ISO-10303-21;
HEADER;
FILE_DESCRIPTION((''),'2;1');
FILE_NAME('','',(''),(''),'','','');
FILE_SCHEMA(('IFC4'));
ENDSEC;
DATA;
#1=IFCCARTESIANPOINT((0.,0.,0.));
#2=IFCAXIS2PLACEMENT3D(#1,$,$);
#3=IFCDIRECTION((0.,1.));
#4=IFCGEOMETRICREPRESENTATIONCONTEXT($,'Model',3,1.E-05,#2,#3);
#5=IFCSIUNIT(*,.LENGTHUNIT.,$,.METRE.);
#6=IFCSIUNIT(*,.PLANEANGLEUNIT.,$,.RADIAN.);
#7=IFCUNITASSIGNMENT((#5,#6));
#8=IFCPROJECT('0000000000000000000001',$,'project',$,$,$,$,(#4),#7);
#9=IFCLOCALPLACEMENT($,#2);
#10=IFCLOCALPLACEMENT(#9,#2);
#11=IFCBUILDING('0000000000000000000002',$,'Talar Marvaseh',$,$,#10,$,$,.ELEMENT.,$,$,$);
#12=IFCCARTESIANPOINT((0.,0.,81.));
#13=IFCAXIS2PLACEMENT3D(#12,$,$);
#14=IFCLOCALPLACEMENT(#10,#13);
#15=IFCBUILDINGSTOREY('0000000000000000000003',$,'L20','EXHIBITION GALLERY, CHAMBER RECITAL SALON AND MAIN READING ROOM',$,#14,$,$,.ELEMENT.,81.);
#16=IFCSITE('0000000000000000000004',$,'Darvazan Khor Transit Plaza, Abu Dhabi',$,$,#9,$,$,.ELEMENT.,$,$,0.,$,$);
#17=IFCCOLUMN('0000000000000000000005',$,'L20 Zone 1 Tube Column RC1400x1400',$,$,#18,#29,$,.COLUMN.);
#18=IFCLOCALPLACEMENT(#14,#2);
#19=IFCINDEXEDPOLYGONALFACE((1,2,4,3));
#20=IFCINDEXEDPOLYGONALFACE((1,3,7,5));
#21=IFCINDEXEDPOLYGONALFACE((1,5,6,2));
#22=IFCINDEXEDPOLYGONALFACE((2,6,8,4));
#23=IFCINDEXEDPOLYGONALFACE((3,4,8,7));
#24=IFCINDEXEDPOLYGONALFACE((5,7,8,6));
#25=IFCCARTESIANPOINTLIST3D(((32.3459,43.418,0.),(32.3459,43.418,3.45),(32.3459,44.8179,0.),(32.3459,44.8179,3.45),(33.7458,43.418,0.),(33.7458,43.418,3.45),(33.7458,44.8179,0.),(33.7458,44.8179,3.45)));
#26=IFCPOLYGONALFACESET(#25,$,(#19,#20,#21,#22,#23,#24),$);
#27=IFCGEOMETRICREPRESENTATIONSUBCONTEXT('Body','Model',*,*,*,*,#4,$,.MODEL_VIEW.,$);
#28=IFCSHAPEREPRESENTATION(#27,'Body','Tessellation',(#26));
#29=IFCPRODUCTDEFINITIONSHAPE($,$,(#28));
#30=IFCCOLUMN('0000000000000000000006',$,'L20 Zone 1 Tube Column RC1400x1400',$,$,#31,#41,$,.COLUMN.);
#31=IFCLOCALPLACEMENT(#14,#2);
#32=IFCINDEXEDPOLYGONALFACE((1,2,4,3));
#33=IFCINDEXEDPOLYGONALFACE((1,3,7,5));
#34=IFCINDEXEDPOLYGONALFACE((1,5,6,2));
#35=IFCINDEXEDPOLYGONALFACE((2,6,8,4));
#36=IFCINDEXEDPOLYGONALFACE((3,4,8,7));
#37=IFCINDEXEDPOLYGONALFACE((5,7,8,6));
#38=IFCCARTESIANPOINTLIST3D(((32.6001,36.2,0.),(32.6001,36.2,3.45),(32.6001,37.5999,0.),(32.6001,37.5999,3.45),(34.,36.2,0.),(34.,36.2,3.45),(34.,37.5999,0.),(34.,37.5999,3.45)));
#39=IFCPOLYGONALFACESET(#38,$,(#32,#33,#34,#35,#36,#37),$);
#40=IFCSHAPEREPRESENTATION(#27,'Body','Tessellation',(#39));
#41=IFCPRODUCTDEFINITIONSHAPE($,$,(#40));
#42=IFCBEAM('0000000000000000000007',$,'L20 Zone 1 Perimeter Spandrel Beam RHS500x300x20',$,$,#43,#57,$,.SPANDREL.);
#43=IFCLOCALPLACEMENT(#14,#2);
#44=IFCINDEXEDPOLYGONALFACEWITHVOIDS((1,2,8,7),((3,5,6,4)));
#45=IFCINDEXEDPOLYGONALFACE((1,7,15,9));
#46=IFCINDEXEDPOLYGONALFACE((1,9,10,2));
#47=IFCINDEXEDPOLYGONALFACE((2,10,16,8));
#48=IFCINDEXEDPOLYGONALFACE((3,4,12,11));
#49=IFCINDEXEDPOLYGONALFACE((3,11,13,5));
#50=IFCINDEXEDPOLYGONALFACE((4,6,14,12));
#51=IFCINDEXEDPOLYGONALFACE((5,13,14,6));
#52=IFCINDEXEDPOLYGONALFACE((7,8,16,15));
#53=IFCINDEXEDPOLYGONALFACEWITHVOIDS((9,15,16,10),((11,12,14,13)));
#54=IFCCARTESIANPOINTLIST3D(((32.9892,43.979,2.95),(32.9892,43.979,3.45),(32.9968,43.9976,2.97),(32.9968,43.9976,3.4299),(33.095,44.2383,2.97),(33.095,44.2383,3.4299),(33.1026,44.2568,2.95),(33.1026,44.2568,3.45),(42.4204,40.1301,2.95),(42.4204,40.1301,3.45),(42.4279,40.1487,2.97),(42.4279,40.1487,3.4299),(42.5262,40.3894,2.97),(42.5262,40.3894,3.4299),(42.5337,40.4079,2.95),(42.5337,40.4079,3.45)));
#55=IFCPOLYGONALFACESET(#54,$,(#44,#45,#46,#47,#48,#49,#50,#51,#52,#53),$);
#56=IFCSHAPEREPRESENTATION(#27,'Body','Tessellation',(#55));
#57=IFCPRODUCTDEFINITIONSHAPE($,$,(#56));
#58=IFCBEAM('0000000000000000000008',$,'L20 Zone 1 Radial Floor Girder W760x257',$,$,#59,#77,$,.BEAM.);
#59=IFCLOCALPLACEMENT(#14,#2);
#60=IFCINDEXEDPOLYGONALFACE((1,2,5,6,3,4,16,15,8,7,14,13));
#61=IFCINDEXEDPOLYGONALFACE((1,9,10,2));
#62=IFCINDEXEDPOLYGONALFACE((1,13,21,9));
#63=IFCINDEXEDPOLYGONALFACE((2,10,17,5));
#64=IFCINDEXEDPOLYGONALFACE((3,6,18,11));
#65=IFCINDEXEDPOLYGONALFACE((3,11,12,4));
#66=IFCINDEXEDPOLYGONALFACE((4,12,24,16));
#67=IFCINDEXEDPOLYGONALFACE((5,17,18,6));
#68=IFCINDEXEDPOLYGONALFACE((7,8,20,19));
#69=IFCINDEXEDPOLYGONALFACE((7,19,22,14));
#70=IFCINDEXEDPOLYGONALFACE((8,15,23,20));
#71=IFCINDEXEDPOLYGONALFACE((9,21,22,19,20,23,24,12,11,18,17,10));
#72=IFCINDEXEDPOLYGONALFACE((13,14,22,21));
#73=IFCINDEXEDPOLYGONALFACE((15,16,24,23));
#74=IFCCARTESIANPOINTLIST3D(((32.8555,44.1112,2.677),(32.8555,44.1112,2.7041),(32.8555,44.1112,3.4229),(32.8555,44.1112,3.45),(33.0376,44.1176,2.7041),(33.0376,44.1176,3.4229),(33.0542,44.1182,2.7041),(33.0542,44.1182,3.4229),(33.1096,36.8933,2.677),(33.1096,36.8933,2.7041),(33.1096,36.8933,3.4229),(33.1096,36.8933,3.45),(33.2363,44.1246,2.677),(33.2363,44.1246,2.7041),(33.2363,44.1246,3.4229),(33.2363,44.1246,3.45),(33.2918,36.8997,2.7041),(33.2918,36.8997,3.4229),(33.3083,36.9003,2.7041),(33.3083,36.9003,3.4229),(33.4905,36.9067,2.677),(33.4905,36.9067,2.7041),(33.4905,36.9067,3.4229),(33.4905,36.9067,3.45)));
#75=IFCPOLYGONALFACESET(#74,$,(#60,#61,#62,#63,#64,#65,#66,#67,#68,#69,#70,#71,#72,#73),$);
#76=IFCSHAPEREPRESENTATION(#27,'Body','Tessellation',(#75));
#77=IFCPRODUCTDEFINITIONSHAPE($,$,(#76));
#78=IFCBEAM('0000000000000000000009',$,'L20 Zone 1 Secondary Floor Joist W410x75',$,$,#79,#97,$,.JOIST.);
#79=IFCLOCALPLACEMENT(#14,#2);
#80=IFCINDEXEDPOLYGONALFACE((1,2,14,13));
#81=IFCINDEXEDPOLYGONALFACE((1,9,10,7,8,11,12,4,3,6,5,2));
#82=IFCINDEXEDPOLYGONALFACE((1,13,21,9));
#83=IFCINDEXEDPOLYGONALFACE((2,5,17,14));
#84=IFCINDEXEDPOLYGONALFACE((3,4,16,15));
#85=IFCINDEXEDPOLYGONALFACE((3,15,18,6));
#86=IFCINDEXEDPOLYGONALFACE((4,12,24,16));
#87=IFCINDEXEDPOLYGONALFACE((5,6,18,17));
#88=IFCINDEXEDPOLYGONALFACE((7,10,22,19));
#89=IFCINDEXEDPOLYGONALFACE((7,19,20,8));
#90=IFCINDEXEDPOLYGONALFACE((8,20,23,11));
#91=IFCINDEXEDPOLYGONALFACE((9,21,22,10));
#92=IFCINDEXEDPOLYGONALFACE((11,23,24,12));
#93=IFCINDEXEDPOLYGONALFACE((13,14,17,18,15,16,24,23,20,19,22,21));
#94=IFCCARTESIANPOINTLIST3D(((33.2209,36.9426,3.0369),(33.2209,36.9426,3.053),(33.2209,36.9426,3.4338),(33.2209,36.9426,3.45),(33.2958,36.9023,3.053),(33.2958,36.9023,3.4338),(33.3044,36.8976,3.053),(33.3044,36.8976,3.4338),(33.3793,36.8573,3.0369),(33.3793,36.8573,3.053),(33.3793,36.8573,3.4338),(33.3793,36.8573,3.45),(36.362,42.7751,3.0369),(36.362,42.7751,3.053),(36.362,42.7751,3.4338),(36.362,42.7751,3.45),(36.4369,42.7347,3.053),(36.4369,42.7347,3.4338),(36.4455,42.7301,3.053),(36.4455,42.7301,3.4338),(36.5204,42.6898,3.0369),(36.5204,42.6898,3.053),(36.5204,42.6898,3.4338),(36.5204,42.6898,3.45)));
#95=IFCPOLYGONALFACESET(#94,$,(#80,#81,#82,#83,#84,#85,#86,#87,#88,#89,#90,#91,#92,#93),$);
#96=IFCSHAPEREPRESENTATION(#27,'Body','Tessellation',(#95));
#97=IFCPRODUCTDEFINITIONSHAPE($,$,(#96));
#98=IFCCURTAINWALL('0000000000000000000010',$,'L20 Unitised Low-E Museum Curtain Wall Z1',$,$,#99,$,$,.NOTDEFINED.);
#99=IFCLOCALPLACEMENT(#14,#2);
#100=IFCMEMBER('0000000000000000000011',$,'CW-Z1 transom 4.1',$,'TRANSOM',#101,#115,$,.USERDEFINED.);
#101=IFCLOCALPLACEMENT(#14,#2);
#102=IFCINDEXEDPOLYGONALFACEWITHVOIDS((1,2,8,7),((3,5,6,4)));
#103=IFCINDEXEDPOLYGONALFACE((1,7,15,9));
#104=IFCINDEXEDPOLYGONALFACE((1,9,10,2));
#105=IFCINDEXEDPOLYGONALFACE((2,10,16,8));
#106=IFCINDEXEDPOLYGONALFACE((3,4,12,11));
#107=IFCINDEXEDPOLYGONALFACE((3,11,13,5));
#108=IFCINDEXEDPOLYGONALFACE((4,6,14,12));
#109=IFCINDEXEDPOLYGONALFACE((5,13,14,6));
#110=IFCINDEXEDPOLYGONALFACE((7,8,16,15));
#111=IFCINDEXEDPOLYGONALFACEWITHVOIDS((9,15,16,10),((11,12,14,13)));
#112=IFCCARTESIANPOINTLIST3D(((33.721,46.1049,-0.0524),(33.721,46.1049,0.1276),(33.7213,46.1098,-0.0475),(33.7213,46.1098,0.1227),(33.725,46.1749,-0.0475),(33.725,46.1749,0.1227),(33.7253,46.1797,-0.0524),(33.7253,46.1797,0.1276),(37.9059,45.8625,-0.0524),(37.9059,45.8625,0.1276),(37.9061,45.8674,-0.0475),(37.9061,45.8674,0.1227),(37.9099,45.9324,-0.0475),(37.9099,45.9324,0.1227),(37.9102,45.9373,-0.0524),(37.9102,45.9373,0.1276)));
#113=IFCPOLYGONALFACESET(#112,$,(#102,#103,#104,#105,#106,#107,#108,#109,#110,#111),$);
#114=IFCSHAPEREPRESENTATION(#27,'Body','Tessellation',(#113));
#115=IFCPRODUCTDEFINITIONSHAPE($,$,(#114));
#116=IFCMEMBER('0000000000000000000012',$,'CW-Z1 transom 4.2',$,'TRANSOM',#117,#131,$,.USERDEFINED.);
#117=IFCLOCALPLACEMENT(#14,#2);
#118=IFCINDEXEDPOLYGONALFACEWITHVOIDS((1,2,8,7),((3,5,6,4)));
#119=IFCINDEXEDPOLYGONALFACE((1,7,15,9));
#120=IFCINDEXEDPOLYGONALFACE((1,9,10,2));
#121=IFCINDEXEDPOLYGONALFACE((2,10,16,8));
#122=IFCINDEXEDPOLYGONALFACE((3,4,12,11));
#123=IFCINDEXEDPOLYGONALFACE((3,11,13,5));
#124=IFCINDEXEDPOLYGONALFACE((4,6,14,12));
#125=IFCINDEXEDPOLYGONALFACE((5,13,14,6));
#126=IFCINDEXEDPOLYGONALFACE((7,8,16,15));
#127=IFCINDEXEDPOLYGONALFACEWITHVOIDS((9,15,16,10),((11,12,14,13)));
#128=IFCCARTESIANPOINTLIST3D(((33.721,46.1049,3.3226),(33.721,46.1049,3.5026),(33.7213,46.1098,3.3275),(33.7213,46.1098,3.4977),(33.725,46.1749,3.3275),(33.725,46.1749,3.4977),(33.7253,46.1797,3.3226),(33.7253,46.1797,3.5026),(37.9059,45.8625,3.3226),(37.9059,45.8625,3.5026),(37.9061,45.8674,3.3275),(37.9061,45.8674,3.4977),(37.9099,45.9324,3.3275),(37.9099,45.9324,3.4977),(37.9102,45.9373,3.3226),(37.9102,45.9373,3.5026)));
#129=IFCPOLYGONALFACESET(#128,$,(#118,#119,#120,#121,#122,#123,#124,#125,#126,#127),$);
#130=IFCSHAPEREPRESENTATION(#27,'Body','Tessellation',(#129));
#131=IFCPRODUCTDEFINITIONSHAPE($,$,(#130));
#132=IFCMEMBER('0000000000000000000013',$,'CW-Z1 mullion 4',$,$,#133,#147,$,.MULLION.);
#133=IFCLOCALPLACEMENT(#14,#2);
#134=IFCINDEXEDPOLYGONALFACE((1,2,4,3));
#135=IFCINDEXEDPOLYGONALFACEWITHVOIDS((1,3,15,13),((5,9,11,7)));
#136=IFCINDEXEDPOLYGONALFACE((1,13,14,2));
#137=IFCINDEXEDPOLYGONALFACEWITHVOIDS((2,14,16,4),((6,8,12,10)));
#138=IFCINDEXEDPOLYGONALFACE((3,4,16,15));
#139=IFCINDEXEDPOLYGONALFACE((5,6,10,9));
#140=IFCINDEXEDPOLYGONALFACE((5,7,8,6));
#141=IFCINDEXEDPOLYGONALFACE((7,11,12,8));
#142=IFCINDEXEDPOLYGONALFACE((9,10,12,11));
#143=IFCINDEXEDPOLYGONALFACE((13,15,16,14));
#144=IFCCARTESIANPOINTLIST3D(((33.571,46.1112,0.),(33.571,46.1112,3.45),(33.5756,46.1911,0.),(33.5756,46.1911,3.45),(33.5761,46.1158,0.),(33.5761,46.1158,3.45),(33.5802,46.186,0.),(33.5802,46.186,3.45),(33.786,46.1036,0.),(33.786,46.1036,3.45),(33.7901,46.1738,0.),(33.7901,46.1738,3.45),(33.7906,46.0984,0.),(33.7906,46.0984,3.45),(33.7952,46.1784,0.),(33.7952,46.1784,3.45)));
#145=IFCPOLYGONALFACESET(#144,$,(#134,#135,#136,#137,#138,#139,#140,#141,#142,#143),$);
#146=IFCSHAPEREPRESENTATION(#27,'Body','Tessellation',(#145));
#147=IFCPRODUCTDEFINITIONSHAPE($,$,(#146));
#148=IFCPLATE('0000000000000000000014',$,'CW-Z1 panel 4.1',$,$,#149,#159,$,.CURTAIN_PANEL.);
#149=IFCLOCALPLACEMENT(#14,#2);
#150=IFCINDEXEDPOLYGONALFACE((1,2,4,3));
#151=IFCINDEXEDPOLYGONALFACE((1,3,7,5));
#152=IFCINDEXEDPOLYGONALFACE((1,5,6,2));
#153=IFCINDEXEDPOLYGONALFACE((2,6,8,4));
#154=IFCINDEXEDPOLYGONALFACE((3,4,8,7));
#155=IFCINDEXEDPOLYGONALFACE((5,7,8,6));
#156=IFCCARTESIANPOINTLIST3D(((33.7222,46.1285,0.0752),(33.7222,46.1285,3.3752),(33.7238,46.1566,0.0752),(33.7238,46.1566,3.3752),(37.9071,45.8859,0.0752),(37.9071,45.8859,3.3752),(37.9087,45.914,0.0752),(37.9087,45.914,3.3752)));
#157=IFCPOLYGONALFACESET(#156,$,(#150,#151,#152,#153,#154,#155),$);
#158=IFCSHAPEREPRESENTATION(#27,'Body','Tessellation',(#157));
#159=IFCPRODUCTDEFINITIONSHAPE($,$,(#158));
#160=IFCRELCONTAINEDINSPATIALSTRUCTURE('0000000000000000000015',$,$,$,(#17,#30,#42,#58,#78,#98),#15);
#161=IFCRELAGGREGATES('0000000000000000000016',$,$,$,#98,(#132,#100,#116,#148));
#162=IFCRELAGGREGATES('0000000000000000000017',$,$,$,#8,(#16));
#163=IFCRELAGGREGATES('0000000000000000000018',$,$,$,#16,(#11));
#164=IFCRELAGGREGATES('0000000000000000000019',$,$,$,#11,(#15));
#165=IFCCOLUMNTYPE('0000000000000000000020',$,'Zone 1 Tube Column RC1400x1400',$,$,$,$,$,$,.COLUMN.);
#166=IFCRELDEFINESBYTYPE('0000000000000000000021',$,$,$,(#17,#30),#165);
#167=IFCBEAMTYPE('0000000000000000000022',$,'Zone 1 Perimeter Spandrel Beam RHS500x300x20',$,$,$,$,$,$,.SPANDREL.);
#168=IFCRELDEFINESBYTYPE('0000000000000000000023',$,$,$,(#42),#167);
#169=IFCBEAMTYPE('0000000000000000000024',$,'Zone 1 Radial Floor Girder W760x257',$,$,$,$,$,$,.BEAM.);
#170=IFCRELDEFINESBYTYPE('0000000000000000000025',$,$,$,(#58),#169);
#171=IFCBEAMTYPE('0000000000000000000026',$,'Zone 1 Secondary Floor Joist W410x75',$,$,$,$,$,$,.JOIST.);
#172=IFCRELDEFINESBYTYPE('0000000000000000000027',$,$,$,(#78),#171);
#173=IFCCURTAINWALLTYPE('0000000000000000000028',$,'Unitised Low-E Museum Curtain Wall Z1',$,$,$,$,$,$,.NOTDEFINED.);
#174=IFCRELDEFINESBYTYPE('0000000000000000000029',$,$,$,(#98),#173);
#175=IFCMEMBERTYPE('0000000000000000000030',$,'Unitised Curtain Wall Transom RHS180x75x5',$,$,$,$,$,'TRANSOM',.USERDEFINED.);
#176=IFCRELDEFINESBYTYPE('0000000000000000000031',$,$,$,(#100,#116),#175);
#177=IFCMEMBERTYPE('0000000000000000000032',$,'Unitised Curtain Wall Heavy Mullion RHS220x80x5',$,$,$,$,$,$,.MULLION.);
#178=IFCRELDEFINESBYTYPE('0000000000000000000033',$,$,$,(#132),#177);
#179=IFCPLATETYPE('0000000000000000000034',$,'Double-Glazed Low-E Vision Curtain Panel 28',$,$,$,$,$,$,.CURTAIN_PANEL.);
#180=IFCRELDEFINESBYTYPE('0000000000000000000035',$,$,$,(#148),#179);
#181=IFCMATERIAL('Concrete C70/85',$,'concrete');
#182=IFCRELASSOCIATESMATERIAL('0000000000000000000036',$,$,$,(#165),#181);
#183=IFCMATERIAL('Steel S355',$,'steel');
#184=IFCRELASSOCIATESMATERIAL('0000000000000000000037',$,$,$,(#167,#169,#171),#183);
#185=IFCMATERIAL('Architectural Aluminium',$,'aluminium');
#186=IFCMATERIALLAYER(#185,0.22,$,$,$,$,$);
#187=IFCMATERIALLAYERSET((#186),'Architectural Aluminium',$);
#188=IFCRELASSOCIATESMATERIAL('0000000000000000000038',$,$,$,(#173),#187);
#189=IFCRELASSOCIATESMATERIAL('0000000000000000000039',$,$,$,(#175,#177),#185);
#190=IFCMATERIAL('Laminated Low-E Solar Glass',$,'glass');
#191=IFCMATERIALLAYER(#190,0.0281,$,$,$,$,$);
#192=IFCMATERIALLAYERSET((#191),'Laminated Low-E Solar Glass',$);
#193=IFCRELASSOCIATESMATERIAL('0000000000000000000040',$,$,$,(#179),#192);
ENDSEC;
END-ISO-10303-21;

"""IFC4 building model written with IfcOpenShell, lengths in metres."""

from ifc_helpers import new_model, si_unit, direction, frame, origin, origin_2d, place, context, subcontext, project, spatial, rectangle, hollow_rectangle, i_section, extrude, source, transform, mapped, material, layer, layer_set, material_profile, profile_set, type_object, type_shapes, element, aggregate, save


model = new_model("IFC4")

# Units and contexts
model_context = context("Model", 3, precision=1e-05, world=origin(), true_north=direction((0.0, 1.0)))
body_context = subcontext(model_context, "Body", "Model", "MODEL_VIEW")
ifc_project = project(units=[si_unit("LENGTHUNIT", "METRE"), si_unit("PLANEANGLEUNIT", "RADIAN")], contexts=[model_context])

# Site, building, storey
site_placement = place(None, origin())
site = spatial("IfcSite", under=ifc_project, at=site_placement, Name="Darvazan Khor Transit Plaza, Abu Dhabi", CompositionType="ELEMENT", RefElevation=0.0)
building_placement = place(site_placement, origin())
building = spatial("IfcBuilding", under=site, at=building_placement, Name="Talar Marvaseh", CompositionType="ELEMENT")
storey_placement = place(building_placement, frame((0.0, 0.0, 81.0)))
storey = spatial("IfcBuildingStorey", under=building, at=storey_placement, Name="L20", Description="EXHIBITION GALLERY, CHAMBER RECITAL SALON AND MAIN READING ROOM", CompositionType="ELEMENT", Elevation=81.0)

# Columns
ifc_material_1 = material(Name="Concrete C70/85", Category="concrete")
ifc_material_profile_1 = material_profile(ifc_material_1, rectangle(XDim=1.3999, YDim=1.3999, at=origin_2d()), Name="RC1400x1400")
ifc_profile_set_1 = profile_set([ifc_material_profile_1], Name="Concrete C70/85")
column_type = type_object("IfcColumnType", Name="Zone 1 Tube Column RC1400x1400", PredefinedType="COLUMN", material=ifc_profile_set_1)
for number, where, z_axis, x_axis, name in (
    (1, (33.0459, 44.1179, 0.0), (0.0, 0.0, 1.0), (1.0, 0.0, 0.0), "L20 Zone 1 Tube Column RC1400x1400"),
    (2, (33.3, 36.8999, 0.0), (0.0, 0.0, 1.0), (1.0, 0.0, 0.0), "L20 Zone 1 Tube Column RC1400x1400"),
):
    element("IfcColumn", number, at=place(storey_placement, frame(where, z_axis=z_axis, x_axis=x_axis)), inside=storey, type_object=column_type, Name=name, PredefinedType="COLUMN", context=body_context, shape_type="SweptSolid", body=[
        extrude(rectangle(XDim=1.3999, YDim=1.3999, at=origin_2d()), origin(), (0.0, 0.0, 1.0), 3.45),
    ])

# Beams
ifc_material_2 = material(Name="Steel S355", Category="steel")
ifc_material_profile_2 = material_profile(ifc_material_2, hollow_rectangle(XDim=0.3, YDim=0.5, WallThickness=0.02, at=origin_2d()), Name="RHS500x300x20")
ifc_profile_set_2 = profile_set([ifc_material_profile_2], Name="Steel S355")
beam_type_1 = type_object("IfcBeamType", Name="Zone 1 Perimeter Spandrel Beam RHS500x300x20", PredefinedType="SPANDREL", material=ifc_profile_set_2)
beam_1_placement = place(storey_placement, frame((33.0459, 44.1179, 3.2), z_axis=(0.925867, -0.377849, 0.0), x_axis=(0.377849, 0.925867, 0.0)))
element("IfcBeam", 3, at=beam_1_placement, inside=storey, type_object=beam_type_1, Name="L20 Zone 1 Perimeter Spandrel Beam RHS500x300x20", PredefinedType="SPANDREL", context=body_context, shape_type="SweptSolid", body=[
    extrude(hollow_rectangle(XDim=0.3, YDim=0.5, WallThickness=0.02, at=origin_2d()), origin(), (0.0, 0.0, 1.0), 10.1863),
])
ifc_material_profile_3 = material_profile(ifc_material_2, i_section(OverallWidth=0.3811, OverallDepth=0.7729, WebThickness=0.0166, FlangeThickness=0.0271, at=origin_2d()), Name="W760x257")
ifc_profile_set_3 = profile_set([ifc_material_profile_3], Name="Steel S355")
beam_type_2 = type_object("IfcBeamType", Name="Zone 1 Radial Floor Girder W760x257", PredefinedType="BEAM", material=ifc_profile_set_3)
beam_2_placement = place(storey_placement, frame((33.0459, 44.1179, 3.0635), z_axis=(0.035189, -0.999381, 0.0), x_axis=(0.999381, 0.035189, 0.0)))
element("IfcBeam", 4, at=beam_2_placement, inside=storey, type_object=beam_type_2, Name="L20 Zone 1 Radial Floor Girder W760x257", PredefinedType="BEAM", context=body_context, shape_type="SweptSolid", body=[
    extrude(i_section(OverallWidth=0.3811, OverallDepth=0.7729, WebThickness=0.0166, FlangeThickness=0.0271, at=origin_2d()), origin(), (0.0, 0.0, 1.0), 7.2224),
])
ifc_material_profile_4 = material_profile(ifc_material_2, i_section(OverallWidth=0.1799, OverallDepth=0.4131, WebThickness=0.0098, FlangeThickness=0.0161, at=origin_2d()), Name="W410x75")
ifc_profile_set_4 = profile_set([ifc_material_profile_4], Name="Steel S355")
beam_type_3 = type_object("IfcBeamType", Name="Zone 1 Secondary Floor Joist W410x75", PredefinedType="JOIST", material=ifc_profile_set_4)
beam_3_placement = place(storey_placement, frame((36.4412, 42.7324, 3.2434), z_axis=(-0.474161, -0.880438, 0.0), x_axis=(0.880438, -0.474161, 0.0)))
element("IfcBeam", 5, at=beam_3_placement, inside=storey, type_object=beam_type_3, Name="L20 Zone 1 Secondary Floor Joist W410x75", PredefinedType="JOIST", context=body_context, shape_type="SweptSolid", body=[
    extrude(i_section(OverallWidth=0.1799, OverallDepth=0.4131, WebThickness=0.0098, FlangeThickness=0.0161, at=origin_2d()), origin(), (0.0, 0.0, 1.0), 6.6245),
])

# Curtain wall, members, plate
ifc_material_3 = material(Name="Architectural Aluminium", Category="aluminium")
ifc_layer_1 = layer(ifc_material_3, 0.22)
ifc_layer_set_1 = layer_set([ifc_layer_1], Name="Architectural Aluminium")
curtain_wall_type = type_object("IfcCurtainWallType", Name="Unitised Low-E Museum Curtain Wall Z1", PredefinedType="NOTDEFINED", material=ifc_layer_set_1)
curtain_wall_placement = place(storey_placement, origin())
curtain_wall = element("IfcCurtainWall", 6, at=curtain_wall_placement, inside=storey, type_object=curtain_wall_type, Name="L20 Unitised Low-E Museum Curtain Wall Z1", PredefinedType="NOTDEFINED")
ifc_material_profile_5 = material_profile(ifc_material_3, hollow_rectangle(XDim=0.075, YDim=0.1799, WallThickness=0.0049, at=origin_2d()), Name="RHS180x75x5")
ifc_profile_set_5 = profile_set([ifc_material_profile_5], Name="Architectural Aluminium")
member_type_1 = type_object("IfcMemberType", Name="Unitised Curtain Wall Transom RHS180x75x5", ElementType="TRANSOM", PredefinedType="USERDEFINED", material=ifc_profile_set_5)
shared_shape_1 = source(origin(), body_context, "Body", "SweptSolid", [
    extrude(hollow_rectangle(XDim=0.075, YDim=0.1799, WallThickness=0.0049, at=origin_2d()), origin(), (0.0, 0.0, 1.0), 4.1919),
])
type_shapes(member_type_1, [shared_shape_1])
member_1_placement = place(storey_placement, frame((33.7231, 46.1423, 0.0376), z_axis=(0.998326, -0.057834, 0.0), x_axis=(0.057834, 0.998326, 0.0)))
member_1 = element("IfcMember", 7, at=member_1_placement, type_object=member_type_1, Name="CW-Z1 transom 4.1", ObjectType="TRANSOM", PredefinedType="USERDEFINED", context=body_context, shape_type="MappedRepresentation", body=[
    mapped(shared_shape_1, transform((0.0, 0.0, 0.0), x_axis=(1.0, 0.0, 0.0), y_axis=(0.0, 1.0, 0.0), z_axis=(0.0, 0.0, 1.0), scale=1.0)),
])
member_2_placement = place(storey_placement, frame((33.7231, 46.1423, 3.4126), z_axis=(0.998326, -0.057834, 0.0), x_axis=(0.057834, 0.998326, 0.0)))
member_2 = element("IfcMember", 8, at=member_2_placement, type_object=member_type_1, Name="CW-Z1 transom 4.2", ObjectType="TRANSOM", PredefinedType="USERDEFINED", context=body_context, shape_type="MappedRepresentation", body=[
    mapped(shared_shape_1, transform((0.0, 0.0, 0.0), x_axis=(1.0, 0.0, 0.0), y_axis=(0.0, 1.0, 0.0), z_axis=(0.0, 0.0, 1.0), scale=1.0)),
])
ifc_material_profile_6 = material_profile(ifc_material_3, hollow_rectangle(XDim=0.0801, YDim=0.22, WallThickness=0.0049, at=origin_2d()), Name="RHS220x80x5")
ifc_profile_set_6 = profile_set([ifc_material_profile_6], Name="Architectural Aluminium")
member_type_2 = type_object("IfcMemberType", Name="Unitised Curtain Wall Heavy Mullion RHS220x80x5", PredefinedType="MULLION", material=ifc_profile_set_6)
shared_shape_2 = source(origin(), body_context, "Body", "SweptSolid", [
    extrude(hollow_rectangle(XDim=0.0801, YDim=0.22, WallThickness=0.0049, at=origin_2d()), origin(), (0.0, 0.0, 1.0), 3.45),
])
type_shapes(member_type_2, [shared_shape_2])
member_3_placement = place(storey_placement, frame((33.6831, 46.1448, 0.0), z_axis=(0.0, 0.0, 1.0), x_axis=(0.057875, 0.998324, 0.0)))
member_3 = element("IfcMember", 9, at=member_3_placement, type_object=member_type_2, Name="CW-Z1 mullion 4", PredefinedType="MULLION", context=body_context, shape_type="MappedRepresentation", body=[
    mapped(shared_shape_2, transform((0.0, 0.0, 0.0), x_axis=(1.0, 0.0, 0.0), y_axis=(0.0, 1.0, 0.0), z_axis=(0.0, 0.0, 1.0), scale=1.0)),
])
ifc_material_4 = material(Name="Laminated Low-E Solar Glass", Category="glass")
ifc_layer_2 = layer(ifc_material_4, 0.0281)
ifc_layer_set_2 = layer_set([ifc_layer_2], Name="Laminated Low-E Solar Glass")
plate_type = type_object("IfcPlateType", Name="Double-Glazed Low-E Vision Curtain Panel 28", PredefinedType="CURTAIN_PANEL", material=ifc_layer_set_2)
shared_shape_3 = source(origin(), body_context, "Body", "SweptSolid", [
    extrude(rectangle(XDim=4.1919, YDim=0.0281, at=origin_2d()), origin(), (0.0, 0.0, 1.0), 3.3),
])
type_shapes(plate_type, [shared_shape_3])
plate_placement = place(storey_placement, frame((35.8154, 46.0212, 0.0752), z_axis=(0.0, 0.0, 1.0), x_axis=(0.998324, -0.057875, 0.0)))
plate = element("IfcPlate", 10, at=plate_placement, type_object=plate_type, Name="CW-Z1 panel 4.1", PredefinedType="CURTAIN_PANEL", context=body_context, shape_type="MappedRepresentation", body=[
    mapped(shared_shape_3, transform((0.0, 0.0, 0.0), x_axis=(1.0, 0.0, 0.0), y_axis=(0.0, 1.0, 0.0), z_axis=(0.0, 0.0, 1.0), scale=1.0)),
])
aggregate(curtain_wall, [member_3, member_1, member_2, plate])

save(model, "model.ifc")
